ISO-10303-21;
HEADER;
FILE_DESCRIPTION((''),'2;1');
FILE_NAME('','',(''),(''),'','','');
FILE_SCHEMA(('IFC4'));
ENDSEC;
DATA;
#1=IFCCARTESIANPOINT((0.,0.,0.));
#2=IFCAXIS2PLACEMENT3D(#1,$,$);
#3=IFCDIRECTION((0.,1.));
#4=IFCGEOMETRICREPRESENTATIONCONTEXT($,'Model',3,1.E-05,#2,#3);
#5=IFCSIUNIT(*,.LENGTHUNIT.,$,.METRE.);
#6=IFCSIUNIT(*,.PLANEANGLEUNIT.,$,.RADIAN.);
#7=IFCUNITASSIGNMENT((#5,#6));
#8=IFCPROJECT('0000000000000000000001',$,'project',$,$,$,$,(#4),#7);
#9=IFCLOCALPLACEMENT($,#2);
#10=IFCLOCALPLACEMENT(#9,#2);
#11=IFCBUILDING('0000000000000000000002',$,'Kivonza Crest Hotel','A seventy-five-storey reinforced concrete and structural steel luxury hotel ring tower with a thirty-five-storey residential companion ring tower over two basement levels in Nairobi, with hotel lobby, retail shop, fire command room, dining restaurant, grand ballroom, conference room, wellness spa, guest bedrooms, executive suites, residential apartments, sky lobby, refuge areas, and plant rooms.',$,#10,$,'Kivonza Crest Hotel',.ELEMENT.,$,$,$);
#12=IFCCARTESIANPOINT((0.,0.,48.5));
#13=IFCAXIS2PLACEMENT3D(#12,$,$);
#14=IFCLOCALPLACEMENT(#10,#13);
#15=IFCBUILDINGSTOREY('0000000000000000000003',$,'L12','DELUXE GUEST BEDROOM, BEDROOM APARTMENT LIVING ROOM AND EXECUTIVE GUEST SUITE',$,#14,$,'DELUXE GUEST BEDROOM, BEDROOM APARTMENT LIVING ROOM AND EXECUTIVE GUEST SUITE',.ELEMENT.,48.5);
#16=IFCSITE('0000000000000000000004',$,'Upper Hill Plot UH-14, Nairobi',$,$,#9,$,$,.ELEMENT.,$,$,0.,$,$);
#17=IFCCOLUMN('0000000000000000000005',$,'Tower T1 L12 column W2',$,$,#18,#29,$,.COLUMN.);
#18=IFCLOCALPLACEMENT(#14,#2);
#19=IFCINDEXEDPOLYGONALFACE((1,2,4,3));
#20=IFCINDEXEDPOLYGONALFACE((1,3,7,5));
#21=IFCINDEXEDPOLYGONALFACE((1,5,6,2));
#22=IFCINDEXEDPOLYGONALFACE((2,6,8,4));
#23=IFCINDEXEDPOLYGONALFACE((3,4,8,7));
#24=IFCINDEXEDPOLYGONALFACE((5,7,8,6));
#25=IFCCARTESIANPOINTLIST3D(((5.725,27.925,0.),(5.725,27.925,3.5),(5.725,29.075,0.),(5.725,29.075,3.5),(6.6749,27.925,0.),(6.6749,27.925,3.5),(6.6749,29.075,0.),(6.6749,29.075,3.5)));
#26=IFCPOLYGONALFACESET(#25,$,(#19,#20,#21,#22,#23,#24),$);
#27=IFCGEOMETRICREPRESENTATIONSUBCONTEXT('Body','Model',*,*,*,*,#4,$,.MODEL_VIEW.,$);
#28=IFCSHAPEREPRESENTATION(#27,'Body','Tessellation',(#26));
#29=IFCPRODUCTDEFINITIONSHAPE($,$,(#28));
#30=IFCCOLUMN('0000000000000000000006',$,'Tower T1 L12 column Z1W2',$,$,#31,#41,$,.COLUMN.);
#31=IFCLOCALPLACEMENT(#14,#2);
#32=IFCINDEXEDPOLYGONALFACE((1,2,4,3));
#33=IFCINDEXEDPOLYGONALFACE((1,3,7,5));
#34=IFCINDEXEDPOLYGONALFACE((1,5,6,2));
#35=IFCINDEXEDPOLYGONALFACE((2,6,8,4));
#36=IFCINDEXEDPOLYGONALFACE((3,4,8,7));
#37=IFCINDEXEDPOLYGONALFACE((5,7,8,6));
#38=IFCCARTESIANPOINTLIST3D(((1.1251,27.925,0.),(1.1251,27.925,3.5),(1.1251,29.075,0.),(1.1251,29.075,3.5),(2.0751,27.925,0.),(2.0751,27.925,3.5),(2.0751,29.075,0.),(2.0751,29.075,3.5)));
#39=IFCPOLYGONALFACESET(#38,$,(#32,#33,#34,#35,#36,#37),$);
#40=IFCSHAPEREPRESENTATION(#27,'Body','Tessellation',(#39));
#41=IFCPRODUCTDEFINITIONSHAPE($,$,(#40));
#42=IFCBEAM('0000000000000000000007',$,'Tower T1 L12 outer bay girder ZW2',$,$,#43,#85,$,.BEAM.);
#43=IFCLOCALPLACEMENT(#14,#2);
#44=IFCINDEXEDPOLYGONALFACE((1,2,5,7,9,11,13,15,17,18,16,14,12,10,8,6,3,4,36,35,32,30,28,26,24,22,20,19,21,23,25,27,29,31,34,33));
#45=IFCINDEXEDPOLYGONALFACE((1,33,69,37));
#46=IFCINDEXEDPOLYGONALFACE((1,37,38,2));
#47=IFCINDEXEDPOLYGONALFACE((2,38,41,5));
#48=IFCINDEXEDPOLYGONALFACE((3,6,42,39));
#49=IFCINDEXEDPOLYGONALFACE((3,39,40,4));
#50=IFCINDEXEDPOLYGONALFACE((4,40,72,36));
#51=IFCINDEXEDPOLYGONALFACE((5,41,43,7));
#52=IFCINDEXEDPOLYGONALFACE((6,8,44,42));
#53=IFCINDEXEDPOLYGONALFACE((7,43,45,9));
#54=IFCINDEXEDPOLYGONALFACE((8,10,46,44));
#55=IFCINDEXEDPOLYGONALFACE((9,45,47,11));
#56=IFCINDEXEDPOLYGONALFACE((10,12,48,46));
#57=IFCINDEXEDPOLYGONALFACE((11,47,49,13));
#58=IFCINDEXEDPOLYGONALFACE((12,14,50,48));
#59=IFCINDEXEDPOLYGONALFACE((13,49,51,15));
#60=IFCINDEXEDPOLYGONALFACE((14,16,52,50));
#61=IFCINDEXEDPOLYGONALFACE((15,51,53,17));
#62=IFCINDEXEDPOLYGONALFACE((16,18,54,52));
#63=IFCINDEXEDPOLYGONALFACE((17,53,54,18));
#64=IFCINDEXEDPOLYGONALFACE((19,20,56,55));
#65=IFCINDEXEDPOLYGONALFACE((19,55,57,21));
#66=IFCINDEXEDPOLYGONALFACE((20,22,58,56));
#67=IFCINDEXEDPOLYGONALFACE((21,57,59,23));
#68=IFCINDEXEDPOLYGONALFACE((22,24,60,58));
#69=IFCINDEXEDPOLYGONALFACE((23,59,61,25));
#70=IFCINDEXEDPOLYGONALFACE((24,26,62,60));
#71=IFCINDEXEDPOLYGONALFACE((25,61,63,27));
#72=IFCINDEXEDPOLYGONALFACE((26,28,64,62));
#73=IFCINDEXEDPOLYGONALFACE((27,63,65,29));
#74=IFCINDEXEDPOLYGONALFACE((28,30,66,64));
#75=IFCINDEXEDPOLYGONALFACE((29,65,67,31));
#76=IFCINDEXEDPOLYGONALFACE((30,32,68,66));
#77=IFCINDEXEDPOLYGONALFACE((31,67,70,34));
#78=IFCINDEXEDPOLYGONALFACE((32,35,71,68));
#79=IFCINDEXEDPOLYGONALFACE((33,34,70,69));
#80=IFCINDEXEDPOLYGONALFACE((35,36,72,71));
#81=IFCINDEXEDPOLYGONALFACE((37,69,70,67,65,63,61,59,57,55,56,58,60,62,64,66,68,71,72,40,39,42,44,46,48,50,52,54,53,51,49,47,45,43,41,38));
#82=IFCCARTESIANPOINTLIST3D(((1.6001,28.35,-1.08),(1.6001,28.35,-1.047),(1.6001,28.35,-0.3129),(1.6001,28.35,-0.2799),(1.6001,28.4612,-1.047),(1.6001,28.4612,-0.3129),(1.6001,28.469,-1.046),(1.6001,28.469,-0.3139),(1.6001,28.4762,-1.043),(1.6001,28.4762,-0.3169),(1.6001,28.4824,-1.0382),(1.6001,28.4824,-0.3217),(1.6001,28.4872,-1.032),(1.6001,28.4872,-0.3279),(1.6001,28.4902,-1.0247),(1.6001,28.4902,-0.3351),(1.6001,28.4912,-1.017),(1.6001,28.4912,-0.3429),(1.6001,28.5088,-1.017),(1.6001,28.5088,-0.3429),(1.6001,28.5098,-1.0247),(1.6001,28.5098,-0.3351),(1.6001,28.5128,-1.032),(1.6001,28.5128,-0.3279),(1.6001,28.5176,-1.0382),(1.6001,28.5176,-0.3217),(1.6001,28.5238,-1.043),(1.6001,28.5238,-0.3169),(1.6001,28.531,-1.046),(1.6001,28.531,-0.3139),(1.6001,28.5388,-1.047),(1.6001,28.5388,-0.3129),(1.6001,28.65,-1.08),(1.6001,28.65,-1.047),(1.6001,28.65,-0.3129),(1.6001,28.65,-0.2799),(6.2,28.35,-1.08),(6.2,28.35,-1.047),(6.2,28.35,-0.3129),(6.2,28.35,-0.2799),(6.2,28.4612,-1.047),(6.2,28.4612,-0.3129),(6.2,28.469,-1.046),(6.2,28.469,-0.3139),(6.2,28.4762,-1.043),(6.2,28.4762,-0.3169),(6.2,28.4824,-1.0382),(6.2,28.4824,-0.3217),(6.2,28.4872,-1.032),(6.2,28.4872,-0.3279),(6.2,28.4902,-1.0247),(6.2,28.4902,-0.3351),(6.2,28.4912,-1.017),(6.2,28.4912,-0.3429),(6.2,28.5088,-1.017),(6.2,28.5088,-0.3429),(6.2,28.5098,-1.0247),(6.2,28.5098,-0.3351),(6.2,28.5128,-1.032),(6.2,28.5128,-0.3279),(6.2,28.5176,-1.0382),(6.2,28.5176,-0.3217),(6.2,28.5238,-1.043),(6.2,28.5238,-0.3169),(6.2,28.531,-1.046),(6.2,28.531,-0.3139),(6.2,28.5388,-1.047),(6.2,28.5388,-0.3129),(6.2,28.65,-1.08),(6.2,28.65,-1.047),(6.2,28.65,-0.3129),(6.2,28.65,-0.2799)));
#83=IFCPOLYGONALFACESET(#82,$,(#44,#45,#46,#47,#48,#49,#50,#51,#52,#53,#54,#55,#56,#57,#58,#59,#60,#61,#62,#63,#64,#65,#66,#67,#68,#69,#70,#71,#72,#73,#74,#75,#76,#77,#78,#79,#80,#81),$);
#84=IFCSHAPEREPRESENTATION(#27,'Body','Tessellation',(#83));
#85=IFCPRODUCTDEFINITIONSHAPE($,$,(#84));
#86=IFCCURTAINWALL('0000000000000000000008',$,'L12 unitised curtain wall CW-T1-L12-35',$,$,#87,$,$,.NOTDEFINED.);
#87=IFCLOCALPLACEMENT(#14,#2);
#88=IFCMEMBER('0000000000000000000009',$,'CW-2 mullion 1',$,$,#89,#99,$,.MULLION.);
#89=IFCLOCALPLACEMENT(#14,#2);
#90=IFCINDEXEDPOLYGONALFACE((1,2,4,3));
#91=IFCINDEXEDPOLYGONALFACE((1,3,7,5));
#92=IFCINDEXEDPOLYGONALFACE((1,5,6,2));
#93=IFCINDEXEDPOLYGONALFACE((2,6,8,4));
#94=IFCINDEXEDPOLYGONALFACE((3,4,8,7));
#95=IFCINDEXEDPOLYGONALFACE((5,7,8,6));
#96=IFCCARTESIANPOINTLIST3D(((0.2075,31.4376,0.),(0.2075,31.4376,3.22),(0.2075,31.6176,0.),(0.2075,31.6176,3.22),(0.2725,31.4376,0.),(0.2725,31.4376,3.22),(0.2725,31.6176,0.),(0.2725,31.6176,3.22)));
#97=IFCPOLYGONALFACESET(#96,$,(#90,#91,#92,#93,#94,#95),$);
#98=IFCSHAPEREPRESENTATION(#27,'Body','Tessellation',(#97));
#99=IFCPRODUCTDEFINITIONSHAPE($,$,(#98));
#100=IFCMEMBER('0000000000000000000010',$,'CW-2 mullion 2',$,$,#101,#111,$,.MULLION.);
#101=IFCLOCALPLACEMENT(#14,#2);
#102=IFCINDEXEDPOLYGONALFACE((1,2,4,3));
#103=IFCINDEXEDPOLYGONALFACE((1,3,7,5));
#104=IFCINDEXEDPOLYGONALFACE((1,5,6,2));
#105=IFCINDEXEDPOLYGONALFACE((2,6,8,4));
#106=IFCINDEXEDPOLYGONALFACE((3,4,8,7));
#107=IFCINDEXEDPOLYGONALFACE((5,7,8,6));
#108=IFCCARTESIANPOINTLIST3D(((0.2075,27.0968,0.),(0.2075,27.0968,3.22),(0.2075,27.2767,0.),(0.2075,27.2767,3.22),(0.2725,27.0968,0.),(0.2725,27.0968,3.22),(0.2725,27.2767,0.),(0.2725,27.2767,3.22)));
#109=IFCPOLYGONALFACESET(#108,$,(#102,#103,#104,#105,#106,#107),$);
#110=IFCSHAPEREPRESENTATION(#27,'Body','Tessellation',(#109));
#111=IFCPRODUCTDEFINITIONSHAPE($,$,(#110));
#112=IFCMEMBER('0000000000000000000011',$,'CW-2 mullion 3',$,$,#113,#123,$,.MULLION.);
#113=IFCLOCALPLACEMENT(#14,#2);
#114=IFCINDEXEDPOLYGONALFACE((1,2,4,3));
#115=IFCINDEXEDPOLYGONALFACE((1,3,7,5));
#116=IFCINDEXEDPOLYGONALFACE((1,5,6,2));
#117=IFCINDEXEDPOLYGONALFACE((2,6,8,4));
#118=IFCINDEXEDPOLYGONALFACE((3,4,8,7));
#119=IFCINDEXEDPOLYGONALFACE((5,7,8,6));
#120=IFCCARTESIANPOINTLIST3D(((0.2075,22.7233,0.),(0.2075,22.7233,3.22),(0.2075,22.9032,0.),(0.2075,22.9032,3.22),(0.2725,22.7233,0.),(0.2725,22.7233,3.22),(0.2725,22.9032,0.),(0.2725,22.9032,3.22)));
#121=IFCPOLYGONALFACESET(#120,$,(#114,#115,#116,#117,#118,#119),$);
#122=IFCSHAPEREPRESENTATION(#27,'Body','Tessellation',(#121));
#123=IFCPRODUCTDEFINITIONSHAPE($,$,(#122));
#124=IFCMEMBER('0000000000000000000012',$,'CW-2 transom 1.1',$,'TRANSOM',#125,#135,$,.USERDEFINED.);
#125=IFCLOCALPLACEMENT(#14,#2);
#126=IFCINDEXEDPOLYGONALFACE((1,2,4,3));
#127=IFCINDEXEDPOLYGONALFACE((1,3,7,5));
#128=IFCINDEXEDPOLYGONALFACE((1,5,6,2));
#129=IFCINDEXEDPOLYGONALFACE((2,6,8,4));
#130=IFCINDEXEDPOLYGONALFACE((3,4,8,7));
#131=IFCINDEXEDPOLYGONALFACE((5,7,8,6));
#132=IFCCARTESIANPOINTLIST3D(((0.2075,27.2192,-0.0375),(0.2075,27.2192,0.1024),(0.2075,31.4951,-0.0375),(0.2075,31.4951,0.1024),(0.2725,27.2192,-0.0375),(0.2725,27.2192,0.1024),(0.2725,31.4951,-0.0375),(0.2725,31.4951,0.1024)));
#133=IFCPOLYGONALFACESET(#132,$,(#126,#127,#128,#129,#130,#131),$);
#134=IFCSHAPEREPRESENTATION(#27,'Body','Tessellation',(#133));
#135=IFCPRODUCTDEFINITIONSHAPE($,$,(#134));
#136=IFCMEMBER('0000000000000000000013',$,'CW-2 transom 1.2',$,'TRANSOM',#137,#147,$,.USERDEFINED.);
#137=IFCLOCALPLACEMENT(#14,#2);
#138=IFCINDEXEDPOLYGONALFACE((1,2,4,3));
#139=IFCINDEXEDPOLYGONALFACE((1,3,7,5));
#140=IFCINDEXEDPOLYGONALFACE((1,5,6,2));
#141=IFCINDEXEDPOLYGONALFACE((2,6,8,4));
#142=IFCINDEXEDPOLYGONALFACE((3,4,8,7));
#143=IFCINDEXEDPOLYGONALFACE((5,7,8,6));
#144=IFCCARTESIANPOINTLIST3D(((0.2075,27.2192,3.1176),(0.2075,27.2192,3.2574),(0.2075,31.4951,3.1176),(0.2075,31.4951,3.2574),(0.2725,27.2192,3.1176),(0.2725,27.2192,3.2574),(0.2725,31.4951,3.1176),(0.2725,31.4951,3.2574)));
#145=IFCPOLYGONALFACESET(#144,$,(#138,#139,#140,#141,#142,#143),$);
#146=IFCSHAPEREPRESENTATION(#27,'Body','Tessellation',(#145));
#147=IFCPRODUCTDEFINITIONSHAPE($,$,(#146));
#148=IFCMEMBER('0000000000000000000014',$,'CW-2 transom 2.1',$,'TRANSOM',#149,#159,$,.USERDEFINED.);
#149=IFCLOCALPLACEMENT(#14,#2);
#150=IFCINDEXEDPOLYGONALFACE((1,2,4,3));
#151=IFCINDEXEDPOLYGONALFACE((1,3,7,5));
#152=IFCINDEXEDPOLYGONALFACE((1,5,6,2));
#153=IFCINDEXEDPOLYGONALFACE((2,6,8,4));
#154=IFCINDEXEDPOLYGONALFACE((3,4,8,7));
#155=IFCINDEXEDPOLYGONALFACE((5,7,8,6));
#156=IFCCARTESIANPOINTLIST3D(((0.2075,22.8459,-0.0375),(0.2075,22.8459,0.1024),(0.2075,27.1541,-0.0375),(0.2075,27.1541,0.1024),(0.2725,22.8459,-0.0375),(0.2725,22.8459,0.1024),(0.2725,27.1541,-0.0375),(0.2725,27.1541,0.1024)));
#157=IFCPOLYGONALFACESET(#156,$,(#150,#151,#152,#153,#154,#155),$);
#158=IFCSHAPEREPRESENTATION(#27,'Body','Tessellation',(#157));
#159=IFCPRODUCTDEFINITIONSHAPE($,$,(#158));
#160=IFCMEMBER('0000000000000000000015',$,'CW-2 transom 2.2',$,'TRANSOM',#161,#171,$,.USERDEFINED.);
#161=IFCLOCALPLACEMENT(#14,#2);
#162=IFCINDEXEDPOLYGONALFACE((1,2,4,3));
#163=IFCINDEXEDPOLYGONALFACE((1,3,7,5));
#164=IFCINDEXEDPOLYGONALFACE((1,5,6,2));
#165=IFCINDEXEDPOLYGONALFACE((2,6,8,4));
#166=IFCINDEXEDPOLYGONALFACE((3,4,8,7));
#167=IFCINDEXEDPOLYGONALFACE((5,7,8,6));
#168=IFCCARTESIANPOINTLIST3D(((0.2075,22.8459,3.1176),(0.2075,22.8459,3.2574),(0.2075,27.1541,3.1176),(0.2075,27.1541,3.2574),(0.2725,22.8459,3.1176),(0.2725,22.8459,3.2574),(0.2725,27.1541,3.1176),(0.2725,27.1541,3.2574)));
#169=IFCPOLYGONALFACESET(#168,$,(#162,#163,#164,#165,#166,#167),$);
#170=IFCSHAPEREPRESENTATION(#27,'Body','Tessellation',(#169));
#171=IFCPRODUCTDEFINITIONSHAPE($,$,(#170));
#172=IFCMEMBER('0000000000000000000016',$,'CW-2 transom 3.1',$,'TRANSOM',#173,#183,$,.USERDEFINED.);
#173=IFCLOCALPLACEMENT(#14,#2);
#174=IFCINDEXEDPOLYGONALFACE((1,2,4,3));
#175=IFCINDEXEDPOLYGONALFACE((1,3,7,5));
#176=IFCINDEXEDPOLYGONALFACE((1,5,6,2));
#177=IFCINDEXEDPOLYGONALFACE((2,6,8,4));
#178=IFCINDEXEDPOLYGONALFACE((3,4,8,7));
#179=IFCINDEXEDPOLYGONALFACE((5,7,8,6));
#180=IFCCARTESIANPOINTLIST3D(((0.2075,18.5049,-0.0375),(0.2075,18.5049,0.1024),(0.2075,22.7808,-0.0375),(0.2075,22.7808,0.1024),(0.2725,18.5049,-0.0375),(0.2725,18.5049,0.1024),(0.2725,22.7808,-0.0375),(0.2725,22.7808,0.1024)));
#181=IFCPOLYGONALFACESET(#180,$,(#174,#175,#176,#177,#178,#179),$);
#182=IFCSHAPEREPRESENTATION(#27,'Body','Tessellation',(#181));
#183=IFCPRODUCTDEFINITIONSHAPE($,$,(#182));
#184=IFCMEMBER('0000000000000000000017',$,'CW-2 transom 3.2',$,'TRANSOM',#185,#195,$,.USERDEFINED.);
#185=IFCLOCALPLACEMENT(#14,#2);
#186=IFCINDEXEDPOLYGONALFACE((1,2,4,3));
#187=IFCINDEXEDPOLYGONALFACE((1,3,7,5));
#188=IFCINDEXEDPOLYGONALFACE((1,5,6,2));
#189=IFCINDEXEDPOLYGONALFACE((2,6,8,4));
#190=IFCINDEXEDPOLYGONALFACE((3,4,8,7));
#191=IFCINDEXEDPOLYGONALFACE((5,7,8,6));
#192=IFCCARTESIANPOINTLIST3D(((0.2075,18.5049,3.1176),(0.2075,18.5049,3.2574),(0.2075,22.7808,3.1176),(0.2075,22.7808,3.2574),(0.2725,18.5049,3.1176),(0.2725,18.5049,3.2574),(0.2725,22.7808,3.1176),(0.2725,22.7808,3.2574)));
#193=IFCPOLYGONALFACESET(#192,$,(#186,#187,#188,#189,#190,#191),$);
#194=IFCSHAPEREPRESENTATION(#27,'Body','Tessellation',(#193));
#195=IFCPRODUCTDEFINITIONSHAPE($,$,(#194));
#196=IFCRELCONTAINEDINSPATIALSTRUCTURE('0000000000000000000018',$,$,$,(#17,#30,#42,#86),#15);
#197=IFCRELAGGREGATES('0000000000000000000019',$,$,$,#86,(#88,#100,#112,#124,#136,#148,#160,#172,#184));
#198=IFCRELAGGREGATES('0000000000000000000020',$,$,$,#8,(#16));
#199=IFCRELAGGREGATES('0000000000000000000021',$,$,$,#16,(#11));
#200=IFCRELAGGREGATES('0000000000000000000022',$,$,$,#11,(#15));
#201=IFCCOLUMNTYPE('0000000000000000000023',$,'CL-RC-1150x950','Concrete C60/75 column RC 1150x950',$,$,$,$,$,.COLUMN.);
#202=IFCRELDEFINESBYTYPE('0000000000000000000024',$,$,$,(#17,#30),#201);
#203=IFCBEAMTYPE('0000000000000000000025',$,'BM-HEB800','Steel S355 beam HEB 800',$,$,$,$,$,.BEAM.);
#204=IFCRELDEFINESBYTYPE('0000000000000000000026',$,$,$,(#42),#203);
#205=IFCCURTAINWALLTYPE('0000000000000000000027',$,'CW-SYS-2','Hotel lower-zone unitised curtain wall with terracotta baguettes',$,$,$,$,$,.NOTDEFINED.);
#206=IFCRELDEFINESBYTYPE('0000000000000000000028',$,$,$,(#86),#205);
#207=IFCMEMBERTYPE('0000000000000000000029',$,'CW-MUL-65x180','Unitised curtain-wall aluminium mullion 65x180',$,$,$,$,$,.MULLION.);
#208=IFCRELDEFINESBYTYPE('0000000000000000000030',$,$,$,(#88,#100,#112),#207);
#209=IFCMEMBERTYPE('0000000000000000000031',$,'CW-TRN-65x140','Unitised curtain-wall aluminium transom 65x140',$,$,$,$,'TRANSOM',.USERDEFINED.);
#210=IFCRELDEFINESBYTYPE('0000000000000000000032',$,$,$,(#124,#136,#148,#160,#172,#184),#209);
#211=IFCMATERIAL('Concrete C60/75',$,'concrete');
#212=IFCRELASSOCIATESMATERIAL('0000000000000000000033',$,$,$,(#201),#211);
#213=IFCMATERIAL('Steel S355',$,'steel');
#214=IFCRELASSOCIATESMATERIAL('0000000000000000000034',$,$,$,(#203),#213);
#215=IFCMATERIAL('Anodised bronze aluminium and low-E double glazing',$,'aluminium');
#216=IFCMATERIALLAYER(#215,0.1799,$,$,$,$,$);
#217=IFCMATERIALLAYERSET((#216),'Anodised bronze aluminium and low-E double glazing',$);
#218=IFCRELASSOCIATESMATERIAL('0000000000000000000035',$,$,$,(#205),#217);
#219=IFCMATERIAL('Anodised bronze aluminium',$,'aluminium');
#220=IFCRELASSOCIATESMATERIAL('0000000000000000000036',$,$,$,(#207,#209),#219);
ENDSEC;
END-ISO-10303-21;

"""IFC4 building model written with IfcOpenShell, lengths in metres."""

from ifc_helpers import new_model, si_unit, direction, frame, origin, origin_2d, place, context, subcontext, project, spatial, rectangle, i_section, extrude, material, layer, layer_set, material_profile, profile_set, type_object, element, aggregate, save


model = new_model("IFC4")

# Units and contexts
model_context = context("Model", 3, precision=1e-05, world=origin(), true_north=direction((0.0, 1.0)))
body_context = subcontext(model_context, "Body", "Model", "MODEL_VIEW")
ifc_project = project(units=[si_unit("LENGTHUNIT", "METRE"), si_unit("PLANEANGLEUNIT", "RADIAN")], contexts=[model_context])

# Site, building, storey
site_placement = place(None, origin())
site = spatial("IfcSite", under=ifc_project, at=site_placement, Name="Upper Hill Plot UH-14, Nairobi", CompositionType="ELEMENT", RefElevation=0.0)
building_placement = place(site_placement, origin())
building = spatial("IfcBuilding", under=site, at=building_placement, Name="Kivonza Crest Hotel", Description="A seventy-five-storey reinforced concrete and structural steel luxury hotel ring tower with a thirty-five-storey residential companion ring tower over two basement levels in Nairobi, with hotel lobby, retail shop, fire command room, dining restaurant, grand ballroom, conference room, wellness spa, guest bedrooms, executive suites, residential apartments, sky lobby, refuge areas, and plant rooms.", LongName="Kivonza Crest Hotel", CompositionType="ELEMENT")
storey_placement = place(building_placement, frame((0.0, 0.0, 48.5)))
storey = spatial("IfcBuildingStorey", under=building, at=storey_placement, Name="L12", Description="DELUXE GUEST BEDROOM, BEDROOM APARTMENT LIVING ROOM AND EXECUTIVE GUEST SUITE", LongName="DELUXE GUEST BEDROOM, BEDROOM APARTMENT LIVING ROOM AND EXECUTIVE GUEST SUITE", CompositionType="ELEMENT", Elevation=48.5)

# Columns
ifc_material_1 = material(Name="Concrete C60/75", Category="concrete")
ifc_material_profile_1 = material_profile(ifc_material_1, rectangle(XDim=0.95, YDim=1.1499, at=origin_2d()), Name="RC 1150x950")
ifc_profile_set_1 = profile_set([ifc_material_profile_1], Name="Concrete C60/75")
column_type = type_object("IfcColumnType", Name="CL-RC-1150x950", Description="Concrete C60/75 column RC 1150x950", PredefinedType="COLUMN", material=ifc_profile_set_1)
for number, where, z_axis, x_axis, name in (
    (1, (6.2, 28.5, 0.0), (0.0, 0.0, 1.0), (1.0, 0.0, 0.0), "Tower T1 L12 column W2"),
    (2, (1.6001, 28.5, 0.0), (0.0, 0.0, 1.0), (1.0, 0.0, 0.0), "Tower T1 L12 column Z1W2"),
):
    element("IfcColumn", number, at=place(storey_placement, frame(where, z_axis=z_axis, x_axis=x_axis)), inside=storey, type_object=column_type, Name=name, PredefinedType="COLUMN", context=body_context, shape_type="SweptSolid", body=[
        extrude(rectangle(XDim=0.95, YDim=1.1499, at=origin_2d()), origin(), (0.0, 0.0, 1.0), 3.5),
    ])

# Beam
ifc_material_2 = material(Name="Steel S355", Category="steel")
ifc_material_profile_2 = material_profile(ifc_material_2, i_section(OverallWidth=0.3, OverallDepth=0.8, WebThickness=0.0176, FlangeThickness=0.033, FilletRadius=0.03, at=origin_2d()), Name="HEB 800")
ifc_profile_set_2 = profile_set([ifc_material_profile_2], Name="Steel S355")
beam_type = type_object("IfcBeamType", Name="BM-HEB800", Description="Steel S355 beam HEB 800", PredefinedType="BEAM", material=ifc_profile_set_2)
beam_placement = place(storey_placement, frame((1.6001, 28.5, -0.6799), z_axis=(1.0, 0.0, 0.0), x_axis=(0.0, 1.0, 0.0)))
element("IfcBeam", 3, at=beam_placement, inside=storey, type_object=beam_type, Name="Tower T1 L12 outer bay girder ZW2", PredefinedType="BEAM", context=body_context, shape_type="SweptSolid", body=[
    extrude(i_section(OverallWidth=0.3, OverallDepth=0.8, WebThickness=0.0176, FlangeThickness=0.033, FilletRadius=0.03, at=origin_2d()), origin(), (0.0, 0.0, 1.0), 4.5999),
])

# Curtain wall, members
ifc_material_3 = material(Name="Anodised bronze aluminium and low-E double glazing", Category="aluminium")
ifc_layer_1 = layer(ifc_material_3, 0.1799)
ifc_layer_set_1 = layer_set([ifc_layer_1], Name="Anodised bronze aluminium and low-E double glazing")
curtain_wall_type = type_object("IfcCurtainWallType", Name="CW-SYS-2", Description="Hotel lower-zone unitised curtain wall with terracotta baguettes", PredefinedType="NOTDEFINED", material=ifc_layer_set_1)
curtain_wall_placement = place(storey_placement, origin())
curtain_wall = element("IfcCurtainWall", 4, at=curtain_wall_placement, inside=storey, type_object=curtain_wall_type, Name="L12 unitised curtain wall CW-T1-L12-35", PredefinedType="NOTDEFINED")
ifc_material_4 = material(Name="Anodised bronze aluminium", Category="aluminium")
ifc_material_profile_3 = material_profile(ifc_material_4, rectangle(XDim=0.0649, YDim=0.1799, at=origin_2d()), Name="CW-M 65x180")
ifc_profile_set_3 = profile_set([ifc_material_profile_3], Name="Anodised bronze aluminium")
member_type_1 = type_object("IfcMemberType", Name="CW-MUL-65x180", Description="Unitised curtain-wall aluminium mullion 65x180", PredefinedType="MULLION", material=ifc_profile_set_3)
member_1_placement = place(storey_placement, frame((0.24, 31.5276, 0.0), z_axis=(0.0, 0.0, 1.0), x_axis=(1.0, 0.0, 0.0)))
member_1 = element("IfcMember", 5, at=member_1_placement, type_object=member_type_1, Name="CW-2 mullion 1", PredefinedType="MULLION", context=body_context, shape_type="SweptSolid", body=[
    extrude(rectangle(XDim=0.0649, YDim=0.1799, at=origin_2d()), origin(), (0.0, 0.0, 1.0), 3.22),
])
member_2_placement = place(storey_placement, frame((0.24, 27.1868, 0.0), z_axis=(0.0, 0.0, 1.0), x_axis=(1.0, 0.0, 0.0)))
member_2 = element("IfcMember", 6, at=member_2_placement, type_object=member_type_1, Name="CW-2 mullion 2", PredefinedType="MULLION", context=body_context, shape_type="SweptSolid", body=[
    extrude(rectangle(XDim=0.0649, YDim=0.1799, at=origin_2d()), origin(), (0.0, 0.0, 1.0), 3.22),
])
member_3_placement = place(storey_placement, frame((0.24, 22.8132, 0.0), z_axis=(0.0, 0.0, 1.0), x_axis=(1.0, 0.0, 0.0)))
member_3 = element("IfcMember", 7, at=member_3_placement, type_object=member_type_1, Name="CW-2 mullion 3", PredefinedType="MULLION", context=body_context, shape_type="SweptSolid", body=[
    extrude(rectangle(XDim=0.0649, YDim=0.1799, at=origin_2d()), origin(), (0.0, 0.0, 1.0), 3.22),
])
ifc_material_profile_4 = material_profile(ifc_material_4, rectangle(XDim=0.0649, YDim=0.1399, at=origin_2d()), Name="CW-T 65x140")
ifc_profile_set_4 = profile_set([ifc_material_profile_4], Name="Anodised bronze aluminium")
member_type_2 = type_object("IfcMemberType", Name="CW-TRN-65x140", Description="Unitised curtain-wall aluminium transom 65x140", ElementType="TRANSOM", PredefinedType="USERDEFINED", material=ifc_profile_set_4)
member_4_placement = place(storey_placement, frame((0.24, 31.4951, 0.0325), z_axis=(0.0, -1.0, 0.0), x_axis=(1.0, 0.0, 0.0)))
member_4 = element("IfcMember", 8, at=member_4_placement, type_object=member_type_2, Name="CW-2 transom 1.1", ObjectType="TRANSOM", PredefinedType="USERDEFINED", context=body_context, shape_type="SweptSolid", body=[
    extrude(rectangle(XDim=0.0649, YDim=0.1399, at=origin_2d()), origin(), (0.0, 0.0, 1.0), 4.2759),
])
member_5_placement = place(storey_placement, frame((0.24, 31.4951, 3.1875), z_axis=(0.0, -1.0, 0.0), x_axis=(1.0, 0.0, 0.0)))
member_5 = element("IfcMember", 9, at=member_5_placement, type_object=member_type_2, Name="CW-2 transom 1.2", ObjectType="TRANSOM", PredefinedType="USERDEFINED", context=body_context, shape_type="SweptSolid", body=[
    extrude(rectangle(XDim=0.0649, YDim=0.1399, at=origin_2d()), origin(), (0.0, 0.0, 1.0), 4.2759),
])
member_6_placement = place(storey_placement, frame((0.24, 27.1541, 0.0325), z_axis=(0.0, -1.0, 0.0), x_axis=(1.0, 0.0, 0.0)))
member_6 = element("IfcMember", 10, at=member_6_placement, type_object=member_type_2, Name="CW-2 transom 2.1", ObjectType="TRANSOM", PredefinedType="USERDEFINED", context=body_context, shape_type="SweptSolid", body=[
    extrude(rectangle(XDim=0.0649, YDim=0.1399, at=origin_2d()), origin(), (0.0, 0.0, 1.0), 4.3081),
])
member_7_placement = place(storey_placement, frame((0.24, 27.1541, 3.1875), z_axis=(0.0, -1.0, 0.0), x_axis=(1.0, 0.0, 0.0)))
member_7 = element("IfcMember", 11, at=member_7_placement, type_object=member_type_2, Name="CW-2 transom 2.2", ObjectType="TRANSOM", PredefinedType="USERDEFINED", context=body_context, shape_type="SweptSolid", body=[
    extrude(rectangle(XDim=0.0649, YDim=0.1399, at=origin_2d()), origin(), (0.0, 0.0, 1.0), 4.3081),
])
member_8_placement = place(storey_placement, frame((0.24, 22.7808, 0.0325), z_axis=(0.0, -1.0, 0.0), x_axis=(1.0, 0.0, 0.0)))
member_8 = element("IfcMember", 12, at=member_8_placement, type_object=member_type_2, Name="CW-2 transom 3.1", ObjectType="TRANSOM", PredefinedType="USERDEFINED", context=body_context, shape_type="SweptSolid", body=[
    extrude(rectangle(XDim=0.0649, YDim=0.1399, at=origin_2d()), origin(), (0.0, 0.0, 1.0), 4.2759),
])
member_9_placement = place(storey_placement, frame((0.24, 22.7808, 3.1875), z_axis=(0.0, -1.0, 0.0), x_axis=(1.0, 0.0, 0.0)))
member_9 = element("IfcMember", 13, at=member_9_placement, type_object=member_type_2, Name="CW-2 transom 3.2", ObjectType="TRANSOM", PredefinedType="USERDEFINED", context=body_context, shape_type="SweptSolid", body=[
    extrude(rectangle(XDim=0.0649, YDim=0.1399, at=origin_2d()), origin(), (0.0, 0.0, 1.0), 4.2759),
])
aggregate(curtain_wall, [member_1, member_2, member_3, member_4, member_5, member_6, member_7, member_8, member_9])

save(model, "model.ifc")
